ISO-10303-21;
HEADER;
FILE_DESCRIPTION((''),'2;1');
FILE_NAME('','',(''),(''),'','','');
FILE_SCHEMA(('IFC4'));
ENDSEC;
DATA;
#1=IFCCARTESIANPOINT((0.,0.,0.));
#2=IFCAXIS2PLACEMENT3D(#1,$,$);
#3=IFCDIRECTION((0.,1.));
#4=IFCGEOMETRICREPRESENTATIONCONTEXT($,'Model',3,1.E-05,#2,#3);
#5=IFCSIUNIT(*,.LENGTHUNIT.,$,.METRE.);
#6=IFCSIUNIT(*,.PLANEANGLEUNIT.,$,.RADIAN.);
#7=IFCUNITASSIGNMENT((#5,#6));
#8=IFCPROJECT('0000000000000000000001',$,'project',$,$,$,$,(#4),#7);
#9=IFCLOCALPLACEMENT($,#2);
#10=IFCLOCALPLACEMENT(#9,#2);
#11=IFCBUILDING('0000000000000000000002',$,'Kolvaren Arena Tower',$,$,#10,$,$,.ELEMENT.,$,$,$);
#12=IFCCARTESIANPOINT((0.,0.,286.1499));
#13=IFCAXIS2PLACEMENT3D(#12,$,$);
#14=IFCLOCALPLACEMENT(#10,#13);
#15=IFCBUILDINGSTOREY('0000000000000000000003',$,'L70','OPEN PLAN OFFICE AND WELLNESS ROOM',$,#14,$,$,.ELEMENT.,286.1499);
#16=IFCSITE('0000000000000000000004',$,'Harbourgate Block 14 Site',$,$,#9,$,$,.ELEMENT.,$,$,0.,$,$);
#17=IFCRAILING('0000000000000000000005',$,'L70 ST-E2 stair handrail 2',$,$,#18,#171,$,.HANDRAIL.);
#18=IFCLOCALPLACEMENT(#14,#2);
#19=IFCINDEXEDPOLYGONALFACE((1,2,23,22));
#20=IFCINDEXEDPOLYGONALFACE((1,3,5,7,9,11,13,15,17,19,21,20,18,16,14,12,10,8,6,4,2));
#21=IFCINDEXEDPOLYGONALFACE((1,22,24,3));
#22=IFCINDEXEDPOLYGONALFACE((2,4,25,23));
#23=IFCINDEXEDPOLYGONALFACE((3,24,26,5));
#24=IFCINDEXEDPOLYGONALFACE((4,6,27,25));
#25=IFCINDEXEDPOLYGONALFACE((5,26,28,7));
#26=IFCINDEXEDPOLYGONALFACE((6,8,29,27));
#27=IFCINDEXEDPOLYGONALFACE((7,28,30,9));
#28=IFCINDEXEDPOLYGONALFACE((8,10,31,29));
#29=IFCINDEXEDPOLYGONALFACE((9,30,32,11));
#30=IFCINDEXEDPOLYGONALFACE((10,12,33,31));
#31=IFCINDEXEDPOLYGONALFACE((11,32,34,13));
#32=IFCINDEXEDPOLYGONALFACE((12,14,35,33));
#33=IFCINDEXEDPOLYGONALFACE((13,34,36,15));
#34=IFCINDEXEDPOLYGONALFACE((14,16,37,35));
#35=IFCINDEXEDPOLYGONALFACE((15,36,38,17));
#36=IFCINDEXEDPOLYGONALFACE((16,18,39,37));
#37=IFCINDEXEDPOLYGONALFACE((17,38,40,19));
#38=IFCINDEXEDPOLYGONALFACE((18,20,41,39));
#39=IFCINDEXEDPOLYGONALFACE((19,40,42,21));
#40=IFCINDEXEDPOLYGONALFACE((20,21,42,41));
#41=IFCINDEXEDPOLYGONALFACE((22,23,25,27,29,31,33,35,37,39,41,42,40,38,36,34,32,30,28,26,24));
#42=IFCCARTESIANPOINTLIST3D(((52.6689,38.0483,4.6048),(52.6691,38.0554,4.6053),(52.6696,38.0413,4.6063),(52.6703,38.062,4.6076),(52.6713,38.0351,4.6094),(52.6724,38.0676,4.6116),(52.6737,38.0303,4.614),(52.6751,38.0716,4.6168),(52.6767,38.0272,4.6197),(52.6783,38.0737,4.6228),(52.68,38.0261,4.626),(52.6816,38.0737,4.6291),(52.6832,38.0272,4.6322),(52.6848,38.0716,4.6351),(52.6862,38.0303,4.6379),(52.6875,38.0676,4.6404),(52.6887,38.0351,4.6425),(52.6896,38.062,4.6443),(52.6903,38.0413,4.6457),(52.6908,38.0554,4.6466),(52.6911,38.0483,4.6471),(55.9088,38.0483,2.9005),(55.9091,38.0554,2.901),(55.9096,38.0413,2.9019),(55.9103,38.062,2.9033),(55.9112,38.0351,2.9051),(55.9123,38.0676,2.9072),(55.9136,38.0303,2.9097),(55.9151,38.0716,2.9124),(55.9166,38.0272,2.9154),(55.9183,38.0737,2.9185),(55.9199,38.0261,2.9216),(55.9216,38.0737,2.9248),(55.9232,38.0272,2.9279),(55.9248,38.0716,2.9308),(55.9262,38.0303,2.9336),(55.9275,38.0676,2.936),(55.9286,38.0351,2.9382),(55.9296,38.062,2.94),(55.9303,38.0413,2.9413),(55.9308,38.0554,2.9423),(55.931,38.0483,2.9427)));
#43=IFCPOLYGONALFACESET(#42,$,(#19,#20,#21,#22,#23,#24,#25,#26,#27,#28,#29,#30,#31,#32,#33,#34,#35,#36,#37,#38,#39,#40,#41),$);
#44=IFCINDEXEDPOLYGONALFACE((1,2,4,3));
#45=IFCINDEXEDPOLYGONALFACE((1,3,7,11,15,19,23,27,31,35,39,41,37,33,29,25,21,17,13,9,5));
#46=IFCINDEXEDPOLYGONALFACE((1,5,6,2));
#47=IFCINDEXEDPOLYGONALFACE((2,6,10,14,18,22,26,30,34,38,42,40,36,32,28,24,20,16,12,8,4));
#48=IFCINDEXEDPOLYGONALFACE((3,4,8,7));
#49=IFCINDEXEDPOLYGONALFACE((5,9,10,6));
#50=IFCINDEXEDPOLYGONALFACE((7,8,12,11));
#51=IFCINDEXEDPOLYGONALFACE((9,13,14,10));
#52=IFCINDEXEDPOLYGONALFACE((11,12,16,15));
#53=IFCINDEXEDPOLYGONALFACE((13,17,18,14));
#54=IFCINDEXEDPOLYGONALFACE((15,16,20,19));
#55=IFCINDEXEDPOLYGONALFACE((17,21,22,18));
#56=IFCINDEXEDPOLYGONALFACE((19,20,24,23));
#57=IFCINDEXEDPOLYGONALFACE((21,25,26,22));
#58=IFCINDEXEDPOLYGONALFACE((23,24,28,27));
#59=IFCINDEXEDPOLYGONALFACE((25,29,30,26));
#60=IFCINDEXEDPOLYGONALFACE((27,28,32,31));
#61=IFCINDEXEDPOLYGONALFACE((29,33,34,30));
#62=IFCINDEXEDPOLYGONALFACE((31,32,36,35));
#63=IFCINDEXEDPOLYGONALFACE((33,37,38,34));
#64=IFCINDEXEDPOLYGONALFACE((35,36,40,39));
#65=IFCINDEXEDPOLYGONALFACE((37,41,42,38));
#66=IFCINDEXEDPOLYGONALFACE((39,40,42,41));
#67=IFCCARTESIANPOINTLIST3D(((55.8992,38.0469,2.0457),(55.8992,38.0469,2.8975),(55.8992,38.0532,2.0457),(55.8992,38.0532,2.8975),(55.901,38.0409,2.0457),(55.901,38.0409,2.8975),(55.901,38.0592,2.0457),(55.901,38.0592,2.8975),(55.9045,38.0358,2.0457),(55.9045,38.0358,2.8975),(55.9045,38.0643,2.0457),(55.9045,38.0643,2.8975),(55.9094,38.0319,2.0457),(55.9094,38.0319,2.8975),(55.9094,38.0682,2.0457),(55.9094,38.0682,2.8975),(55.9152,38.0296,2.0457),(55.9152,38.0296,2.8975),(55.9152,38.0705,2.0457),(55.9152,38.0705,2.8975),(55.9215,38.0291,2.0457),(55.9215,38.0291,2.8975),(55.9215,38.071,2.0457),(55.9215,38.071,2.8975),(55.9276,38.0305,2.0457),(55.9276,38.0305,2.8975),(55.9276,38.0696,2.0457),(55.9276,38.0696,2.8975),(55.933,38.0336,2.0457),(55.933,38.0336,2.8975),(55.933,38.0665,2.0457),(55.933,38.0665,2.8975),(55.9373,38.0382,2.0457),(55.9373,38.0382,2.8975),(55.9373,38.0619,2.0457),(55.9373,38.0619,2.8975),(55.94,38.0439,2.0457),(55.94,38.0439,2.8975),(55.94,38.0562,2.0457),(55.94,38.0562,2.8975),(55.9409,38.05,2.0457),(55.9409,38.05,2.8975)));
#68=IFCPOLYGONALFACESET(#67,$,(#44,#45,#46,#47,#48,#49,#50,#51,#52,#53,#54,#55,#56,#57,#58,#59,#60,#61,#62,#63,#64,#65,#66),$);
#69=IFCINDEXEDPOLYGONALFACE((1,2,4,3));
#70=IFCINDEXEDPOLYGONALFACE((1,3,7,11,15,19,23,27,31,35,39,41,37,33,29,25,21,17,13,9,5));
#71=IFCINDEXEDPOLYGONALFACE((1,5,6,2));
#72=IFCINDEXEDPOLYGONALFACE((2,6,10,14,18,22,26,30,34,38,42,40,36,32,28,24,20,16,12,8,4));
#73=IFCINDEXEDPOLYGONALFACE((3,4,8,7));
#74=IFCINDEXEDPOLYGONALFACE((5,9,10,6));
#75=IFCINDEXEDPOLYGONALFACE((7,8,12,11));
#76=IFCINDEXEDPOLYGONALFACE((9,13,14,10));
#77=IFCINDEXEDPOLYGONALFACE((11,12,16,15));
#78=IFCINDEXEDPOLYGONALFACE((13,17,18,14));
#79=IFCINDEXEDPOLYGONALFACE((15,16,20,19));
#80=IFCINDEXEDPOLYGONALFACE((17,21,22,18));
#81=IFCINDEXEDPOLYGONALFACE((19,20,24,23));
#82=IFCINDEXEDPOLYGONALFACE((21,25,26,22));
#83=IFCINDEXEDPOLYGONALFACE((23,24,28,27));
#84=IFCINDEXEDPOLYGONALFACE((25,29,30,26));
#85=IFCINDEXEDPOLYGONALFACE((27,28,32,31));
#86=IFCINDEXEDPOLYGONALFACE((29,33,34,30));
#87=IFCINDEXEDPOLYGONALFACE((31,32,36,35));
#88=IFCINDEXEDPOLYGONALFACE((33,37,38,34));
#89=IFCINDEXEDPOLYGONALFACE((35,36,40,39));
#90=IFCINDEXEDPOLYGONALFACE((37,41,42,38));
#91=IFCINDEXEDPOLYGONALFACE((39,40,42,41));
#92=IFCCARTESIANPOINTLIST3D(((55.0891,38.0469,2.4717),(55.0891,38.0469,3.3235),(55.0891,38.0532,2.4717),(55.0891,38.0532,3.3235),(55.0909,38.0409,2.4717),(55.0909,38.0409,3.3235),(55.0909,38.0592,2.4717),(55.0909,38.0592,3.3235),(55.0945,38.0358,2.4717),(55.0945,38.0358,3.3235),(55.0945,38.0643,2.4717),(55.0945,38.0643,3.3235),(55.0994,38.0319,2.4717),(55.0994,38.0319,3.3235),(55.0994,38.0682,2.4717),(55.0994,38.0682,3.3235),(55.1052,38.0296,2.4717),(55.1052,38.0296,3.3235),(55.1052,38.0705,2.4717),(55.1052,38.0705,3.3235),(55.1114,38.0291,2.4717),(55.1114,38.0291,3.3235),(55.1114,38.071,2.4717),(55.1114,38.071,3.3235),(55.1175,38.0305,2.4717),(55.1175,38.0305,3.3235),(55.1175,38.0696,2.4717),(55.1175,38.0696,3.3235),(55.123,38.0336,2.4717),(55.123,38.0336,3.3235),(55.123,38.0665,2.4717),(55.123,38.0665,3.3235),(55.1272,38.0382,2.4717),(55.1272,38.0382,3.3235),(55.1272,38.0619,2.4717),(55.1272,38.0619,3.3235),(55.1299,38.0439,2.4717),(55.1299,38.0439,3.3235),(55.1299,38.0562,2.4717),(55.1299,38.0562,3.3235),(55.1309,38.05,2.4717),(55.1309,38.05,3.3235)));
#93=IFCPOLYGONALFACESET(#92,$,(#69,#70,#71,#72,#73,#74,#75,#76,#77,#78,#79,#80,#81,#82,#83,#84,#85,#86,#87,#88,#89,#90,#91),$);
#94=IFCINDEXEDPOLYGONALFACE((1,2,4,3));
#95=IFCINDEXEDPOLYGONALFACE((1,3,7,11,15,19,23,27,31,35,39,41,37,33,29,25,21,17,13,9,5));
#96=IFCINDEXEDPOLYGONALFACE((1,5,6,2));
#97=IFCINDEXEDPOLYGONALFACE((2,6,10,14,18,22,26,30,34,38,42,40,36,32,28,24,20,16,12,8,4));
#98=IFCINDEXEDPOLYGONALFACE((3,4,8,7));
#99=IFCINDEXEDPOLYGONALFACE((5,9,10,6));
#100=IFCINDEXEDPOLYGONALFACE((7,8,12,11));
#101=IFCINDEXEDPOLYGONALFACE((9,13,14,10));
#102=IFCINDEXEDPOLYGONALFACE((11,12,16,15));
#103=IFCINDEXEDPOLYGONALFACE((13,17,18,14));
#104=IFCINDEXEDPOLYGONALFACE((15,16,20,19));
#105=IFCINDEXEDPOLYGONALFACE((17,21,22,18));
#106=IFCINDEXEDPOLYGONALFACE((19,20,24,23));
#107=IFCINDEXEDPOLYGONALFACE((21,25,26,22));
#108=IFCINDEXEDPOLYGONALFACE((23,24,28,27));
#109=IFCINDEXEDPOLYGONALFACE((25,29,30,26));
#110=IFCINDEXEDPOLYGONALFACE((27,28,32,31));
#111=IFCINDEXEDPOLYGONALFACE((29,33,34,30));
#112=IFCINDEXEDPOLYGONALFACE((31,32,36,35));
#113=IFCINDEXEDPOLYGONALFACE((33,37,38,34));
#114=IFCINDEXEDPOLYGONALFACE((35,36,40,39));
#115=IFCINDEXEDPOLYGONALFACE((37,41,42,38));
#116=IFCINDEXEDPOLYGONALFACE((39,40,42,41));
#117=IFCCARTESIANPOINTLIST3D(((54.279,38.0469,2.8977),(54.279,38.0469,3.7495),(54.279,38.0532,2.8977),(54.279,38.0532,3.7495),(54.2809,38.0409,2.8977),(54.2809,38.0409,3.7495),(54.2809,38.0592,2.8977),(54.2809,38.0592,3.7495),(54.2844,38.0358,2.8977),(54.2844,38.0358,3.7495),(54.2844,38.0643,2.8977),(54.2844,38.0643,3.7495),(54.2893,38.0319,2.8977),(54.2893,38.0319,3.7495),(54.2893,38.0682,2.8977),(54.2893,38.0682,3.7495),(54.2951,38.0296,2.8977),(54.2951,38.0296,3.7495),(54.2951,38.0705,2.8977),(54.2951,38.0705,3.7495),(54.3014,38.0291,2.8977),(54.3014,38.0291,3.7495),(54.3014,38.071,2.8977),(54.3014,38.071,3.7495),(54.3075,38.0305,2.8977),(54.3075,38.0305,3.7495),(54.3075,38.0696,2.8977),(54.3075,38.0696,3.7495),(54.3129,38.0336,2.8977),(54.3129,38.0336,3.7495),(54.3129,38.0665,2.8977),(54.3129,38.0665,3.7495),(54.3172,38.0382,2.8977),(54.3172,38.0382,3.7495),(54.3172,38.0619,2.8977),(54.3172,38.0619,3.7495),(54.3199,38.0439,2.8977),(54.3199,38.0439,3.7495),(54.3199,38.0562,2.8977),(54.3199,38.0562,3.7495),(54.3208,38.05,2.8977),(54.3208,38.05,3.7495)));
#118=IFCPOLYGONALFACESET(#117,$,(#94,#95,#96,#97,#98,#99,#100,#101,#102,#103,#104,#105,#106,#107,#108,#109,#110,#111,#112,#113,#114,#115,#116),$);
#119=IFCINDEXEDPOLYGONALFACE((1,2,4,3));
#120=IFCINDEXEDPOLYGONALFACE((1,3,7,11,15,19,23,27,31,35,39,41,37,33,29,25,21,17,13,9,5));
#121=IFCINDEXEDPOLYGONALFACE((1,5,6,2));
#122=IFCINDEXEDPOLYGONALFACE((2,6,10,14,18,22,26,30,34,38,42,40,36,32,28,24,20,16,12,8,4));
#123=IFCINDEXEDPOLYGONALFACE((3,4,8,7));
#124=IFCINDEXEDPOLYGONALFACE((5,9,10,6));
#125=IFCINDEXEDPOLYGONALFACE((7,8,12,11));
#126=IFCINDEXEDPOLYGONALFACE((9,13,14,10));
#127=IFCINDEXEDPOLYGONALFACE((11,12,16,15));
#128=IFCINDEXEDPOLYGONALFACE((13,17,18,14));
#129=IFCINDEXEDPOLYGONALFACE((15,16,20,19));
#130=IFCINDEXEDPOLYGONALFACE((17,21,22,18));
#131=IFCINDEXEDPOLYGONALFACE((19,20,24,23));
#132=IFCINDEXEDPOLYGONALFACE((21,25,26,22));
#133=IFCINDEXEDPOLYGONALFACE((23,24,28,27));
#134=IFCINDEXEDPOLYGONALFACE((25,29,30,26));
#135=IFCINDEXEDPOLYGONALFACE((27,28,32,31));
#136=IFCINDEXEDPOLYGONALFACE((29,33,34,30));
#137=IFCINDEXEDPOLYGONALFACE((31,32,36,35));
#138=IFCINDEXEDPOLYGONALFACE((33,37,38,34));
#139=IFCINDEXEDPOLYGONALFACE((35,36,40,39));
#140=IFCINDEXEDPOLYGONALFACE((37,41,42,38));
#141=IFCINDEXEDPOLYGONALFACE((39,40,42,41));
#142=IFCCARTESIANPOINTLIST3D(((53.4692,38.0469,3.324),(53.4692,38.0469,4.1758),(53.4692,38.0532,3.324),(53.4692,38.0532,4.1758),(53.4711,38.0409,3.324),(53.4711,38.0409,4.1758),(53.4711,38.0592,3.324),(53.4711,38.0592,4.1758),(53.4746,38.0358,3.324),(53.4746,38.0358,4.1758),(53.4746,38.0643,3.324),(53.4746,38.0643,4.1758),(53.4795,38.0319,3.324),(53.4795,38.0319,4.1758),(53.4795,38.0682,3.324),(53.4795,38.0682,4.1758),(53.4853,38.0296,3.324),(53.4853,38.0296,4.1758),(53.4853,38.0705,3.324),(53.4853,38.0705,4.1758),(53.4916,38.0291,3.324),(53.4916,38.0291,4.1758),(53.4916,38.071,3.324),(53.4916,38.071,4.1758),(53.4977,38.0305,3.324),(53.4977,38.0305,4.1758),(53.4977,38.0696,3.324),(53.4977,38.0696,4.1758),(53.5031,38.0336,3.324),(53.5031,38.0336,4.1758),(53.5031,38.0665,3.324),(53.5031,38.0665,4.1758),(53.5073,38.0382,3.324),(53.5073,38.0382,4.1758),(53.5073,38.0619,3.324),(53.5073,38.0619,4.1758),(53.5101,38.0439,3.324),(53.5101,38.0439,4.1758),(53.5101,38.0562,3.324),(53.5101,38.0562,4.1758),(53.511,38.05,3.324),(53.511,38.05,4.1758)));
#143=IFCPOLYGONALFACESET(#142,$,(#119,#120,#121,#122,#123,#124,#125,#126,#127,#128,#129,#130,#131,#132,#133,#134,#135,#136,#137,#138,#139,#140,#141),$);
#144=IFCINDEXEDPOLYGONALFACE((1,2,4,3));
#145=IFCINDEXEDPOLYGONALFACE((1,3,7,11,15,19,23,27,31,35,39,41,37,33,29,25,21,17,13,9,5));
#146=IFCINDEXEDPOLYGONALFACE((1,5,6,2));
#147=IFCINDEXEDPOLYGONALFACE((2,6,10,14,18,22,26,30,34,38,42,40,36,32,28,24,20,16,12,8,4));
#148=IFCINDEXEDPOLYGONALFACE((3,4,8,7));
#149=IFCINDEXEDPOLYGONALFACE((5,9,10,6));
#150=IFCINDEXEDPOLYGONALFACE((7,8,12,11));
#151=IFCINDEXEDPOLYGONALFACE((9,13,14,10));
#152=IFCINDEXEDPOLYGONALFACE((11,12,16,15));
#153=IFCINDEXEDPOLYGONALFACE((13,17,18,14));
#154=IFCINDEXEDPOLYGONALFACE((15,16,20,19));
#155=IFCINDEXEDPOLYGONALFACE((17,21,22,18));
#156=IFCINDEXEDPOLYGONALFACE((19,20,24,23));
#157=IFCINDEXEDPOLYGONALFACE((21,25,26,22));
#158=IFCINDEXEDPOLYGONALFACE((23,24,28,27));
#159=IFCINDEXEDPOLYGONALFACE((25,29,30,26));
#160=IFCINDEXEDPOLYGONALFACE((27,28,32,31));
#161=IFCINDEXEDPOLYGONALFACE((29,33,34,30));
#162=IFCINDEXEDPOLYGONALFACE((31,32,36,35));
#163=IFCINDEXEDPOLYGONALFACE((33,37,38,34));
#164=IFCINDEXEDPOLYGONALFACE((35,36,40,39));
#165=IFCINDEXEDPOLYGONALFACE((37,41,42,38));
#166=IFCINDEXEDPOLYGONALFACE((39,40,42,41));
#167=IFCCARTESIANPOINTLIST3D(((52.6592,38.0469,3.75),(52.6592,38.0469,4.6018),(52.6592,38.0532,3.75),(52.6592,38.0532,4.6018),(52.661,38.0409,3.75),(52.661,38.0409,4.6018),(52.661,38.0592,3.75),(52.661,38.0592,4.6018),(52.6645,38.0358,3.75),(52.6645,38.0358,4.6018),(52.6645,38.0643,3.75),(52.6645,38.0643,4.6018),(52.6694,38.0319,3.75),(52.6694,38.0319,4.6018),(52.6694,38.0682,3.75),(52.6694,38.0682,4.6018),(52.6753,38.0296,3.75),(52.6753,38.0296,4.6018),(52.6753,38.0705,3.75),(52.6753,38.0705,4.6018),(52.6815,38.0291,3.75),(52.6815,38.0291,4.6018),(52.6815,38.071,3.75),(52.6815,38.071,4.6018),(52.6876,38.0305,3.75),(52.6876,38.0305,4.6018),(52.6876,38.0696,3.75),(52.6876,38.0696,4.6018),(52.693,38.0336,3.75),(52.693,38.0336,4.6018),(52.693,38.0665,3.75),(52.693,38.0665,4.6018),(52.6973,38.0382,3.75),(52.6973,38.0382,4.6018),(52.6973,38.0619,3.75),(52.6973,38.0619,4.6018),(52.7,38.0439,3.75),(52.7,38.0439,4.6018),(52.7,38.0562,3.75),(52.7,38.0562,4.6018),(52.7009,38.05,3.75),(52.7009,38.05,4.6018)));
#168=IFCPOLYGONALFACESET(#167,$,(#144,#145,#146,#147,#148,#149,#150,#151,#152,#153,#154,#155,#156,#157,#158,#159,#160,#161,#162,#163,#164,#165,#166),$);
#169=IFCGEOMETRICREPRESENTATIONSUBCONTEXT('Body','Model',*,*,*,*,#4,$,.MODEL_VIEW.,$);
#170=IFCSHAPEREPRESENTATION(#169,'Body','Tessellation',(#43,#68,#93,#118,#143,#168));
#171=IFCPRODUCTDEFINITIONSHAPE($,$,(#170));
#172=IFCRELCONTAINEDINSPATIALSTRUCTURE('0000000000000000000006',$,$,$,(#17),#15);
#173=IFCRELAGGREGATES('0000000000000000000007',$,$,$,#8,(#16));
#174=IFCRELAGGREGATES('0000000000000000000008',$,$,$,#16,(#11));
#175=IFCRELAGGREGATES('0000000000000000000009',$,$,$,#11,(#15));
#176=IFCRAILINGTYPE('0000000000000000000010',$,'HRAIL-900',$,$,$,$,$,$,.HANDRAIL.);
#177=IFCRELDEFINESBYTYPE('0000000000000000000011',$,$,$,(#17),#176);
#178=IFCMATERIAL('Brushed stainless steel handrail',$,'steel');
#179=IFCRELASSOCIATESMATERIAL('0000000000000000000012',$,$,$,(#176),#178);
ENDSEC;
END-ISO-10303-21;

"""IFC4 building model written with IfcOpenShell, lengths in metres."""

from ifc_helpers import new_model, si_unit, direction, frame, origin, origin_2d, place, context, subcontext, project, spatial, circle, extrude, material, type_object, element, save


model = new_model("IFC4")

# Units and contexts
model_context = context("Model", 3, precision=1e-05, world=origin(), true_north=direction((0.0, 1.0)))
body_context = subcontext(model_context, "Body", "Model", "MODEL_VIEW")
ifc_project = project(units=[si_unit("LENGTHUNIT", "METRE"), si_unit("PLANEANGLEUNIT", "RADIAN")], contexts=[model_context])

# Site, building, storey
site_placement = place(None, origin())
site = spatial("IfcSite", under=ifc_project, at=site_placement, Name="Harbourgate Block 14 Site", CompositionType="ELEMENT", RefElevation=0.0)
building_placement = place(site_placement, origin())
building = spatial("IfcBuilding", under=site, at=building_placement, Name="Kolvaren Arena Tower", CompositionType="ELEMENT")
storey_placement = place(building_placement, frame((0.0, 0.0, 286.1499)))
storey = spatial("IfcBuildingStorey", under=building, at=storey_placement, Name="L70", Description="OPEN PLAN OFFICE AND WELLNESS ROOM", CompositionType="ELEMENT", Elevation=286.1499)

# Railing
ifc_material_1 = material(Name="Brushed stainless steel handrail", Category="steel")
railing_type = type_object("IfcRailingType", Name="HRAIL-900", PredefinedType="HANDRAIL", material=ifc_material_1)
railing_placement = place(storey_placement, frame((55.9199, 38.05, 2.0457)))
element("IfcRailing", 1, at=railing_placement, inside=storey, type_object=railing_type, Name="L70 ST-E2 stair handrail 2", PredefinedType="HANDRAIL", context=body_context, shape_type="SweptSolid", body=[
    extrude(circle(Radius=0.0239, at=origin_2d()), frame((0.0, 0.0, 0.876), z_axis=(-0.885021, 0.0, 0.465551), x_axis=(0.0, -1.0, 0.0)), (0.0, 0.0, 1.0), 3.6609),
    extrude(circle(Radius=0.021, at=origin_2d()), origin(), (0.0, 0.0, 1.0), 0.8518),
    extrude(circle(Radius=0.021, at=origin_2d()), frame((-0.8101, 0.0, 0.426)), (0.0, 0.0, 1.0), 0.8518),
    extrude(circle(Radius=0.021, at=origin_2d()), frame((-1.6201, 0.0, 0.8521)), (0.0, 0.0, 1.0), 0.8518),
    extrude(circle(Radius=0.021, at=origin_2d()), frame((-2.4299, 0.0, 1.2783)), (0.0, 0.0, 1.0), 0.8518),
    extrude(circle(Radius=0.021, at=origin_2d()), frame((-3.24, 0.0, 1.7043)), (0.0, 0.0, 1.0), 0.8518),
])

save(model, "model.ifc")
